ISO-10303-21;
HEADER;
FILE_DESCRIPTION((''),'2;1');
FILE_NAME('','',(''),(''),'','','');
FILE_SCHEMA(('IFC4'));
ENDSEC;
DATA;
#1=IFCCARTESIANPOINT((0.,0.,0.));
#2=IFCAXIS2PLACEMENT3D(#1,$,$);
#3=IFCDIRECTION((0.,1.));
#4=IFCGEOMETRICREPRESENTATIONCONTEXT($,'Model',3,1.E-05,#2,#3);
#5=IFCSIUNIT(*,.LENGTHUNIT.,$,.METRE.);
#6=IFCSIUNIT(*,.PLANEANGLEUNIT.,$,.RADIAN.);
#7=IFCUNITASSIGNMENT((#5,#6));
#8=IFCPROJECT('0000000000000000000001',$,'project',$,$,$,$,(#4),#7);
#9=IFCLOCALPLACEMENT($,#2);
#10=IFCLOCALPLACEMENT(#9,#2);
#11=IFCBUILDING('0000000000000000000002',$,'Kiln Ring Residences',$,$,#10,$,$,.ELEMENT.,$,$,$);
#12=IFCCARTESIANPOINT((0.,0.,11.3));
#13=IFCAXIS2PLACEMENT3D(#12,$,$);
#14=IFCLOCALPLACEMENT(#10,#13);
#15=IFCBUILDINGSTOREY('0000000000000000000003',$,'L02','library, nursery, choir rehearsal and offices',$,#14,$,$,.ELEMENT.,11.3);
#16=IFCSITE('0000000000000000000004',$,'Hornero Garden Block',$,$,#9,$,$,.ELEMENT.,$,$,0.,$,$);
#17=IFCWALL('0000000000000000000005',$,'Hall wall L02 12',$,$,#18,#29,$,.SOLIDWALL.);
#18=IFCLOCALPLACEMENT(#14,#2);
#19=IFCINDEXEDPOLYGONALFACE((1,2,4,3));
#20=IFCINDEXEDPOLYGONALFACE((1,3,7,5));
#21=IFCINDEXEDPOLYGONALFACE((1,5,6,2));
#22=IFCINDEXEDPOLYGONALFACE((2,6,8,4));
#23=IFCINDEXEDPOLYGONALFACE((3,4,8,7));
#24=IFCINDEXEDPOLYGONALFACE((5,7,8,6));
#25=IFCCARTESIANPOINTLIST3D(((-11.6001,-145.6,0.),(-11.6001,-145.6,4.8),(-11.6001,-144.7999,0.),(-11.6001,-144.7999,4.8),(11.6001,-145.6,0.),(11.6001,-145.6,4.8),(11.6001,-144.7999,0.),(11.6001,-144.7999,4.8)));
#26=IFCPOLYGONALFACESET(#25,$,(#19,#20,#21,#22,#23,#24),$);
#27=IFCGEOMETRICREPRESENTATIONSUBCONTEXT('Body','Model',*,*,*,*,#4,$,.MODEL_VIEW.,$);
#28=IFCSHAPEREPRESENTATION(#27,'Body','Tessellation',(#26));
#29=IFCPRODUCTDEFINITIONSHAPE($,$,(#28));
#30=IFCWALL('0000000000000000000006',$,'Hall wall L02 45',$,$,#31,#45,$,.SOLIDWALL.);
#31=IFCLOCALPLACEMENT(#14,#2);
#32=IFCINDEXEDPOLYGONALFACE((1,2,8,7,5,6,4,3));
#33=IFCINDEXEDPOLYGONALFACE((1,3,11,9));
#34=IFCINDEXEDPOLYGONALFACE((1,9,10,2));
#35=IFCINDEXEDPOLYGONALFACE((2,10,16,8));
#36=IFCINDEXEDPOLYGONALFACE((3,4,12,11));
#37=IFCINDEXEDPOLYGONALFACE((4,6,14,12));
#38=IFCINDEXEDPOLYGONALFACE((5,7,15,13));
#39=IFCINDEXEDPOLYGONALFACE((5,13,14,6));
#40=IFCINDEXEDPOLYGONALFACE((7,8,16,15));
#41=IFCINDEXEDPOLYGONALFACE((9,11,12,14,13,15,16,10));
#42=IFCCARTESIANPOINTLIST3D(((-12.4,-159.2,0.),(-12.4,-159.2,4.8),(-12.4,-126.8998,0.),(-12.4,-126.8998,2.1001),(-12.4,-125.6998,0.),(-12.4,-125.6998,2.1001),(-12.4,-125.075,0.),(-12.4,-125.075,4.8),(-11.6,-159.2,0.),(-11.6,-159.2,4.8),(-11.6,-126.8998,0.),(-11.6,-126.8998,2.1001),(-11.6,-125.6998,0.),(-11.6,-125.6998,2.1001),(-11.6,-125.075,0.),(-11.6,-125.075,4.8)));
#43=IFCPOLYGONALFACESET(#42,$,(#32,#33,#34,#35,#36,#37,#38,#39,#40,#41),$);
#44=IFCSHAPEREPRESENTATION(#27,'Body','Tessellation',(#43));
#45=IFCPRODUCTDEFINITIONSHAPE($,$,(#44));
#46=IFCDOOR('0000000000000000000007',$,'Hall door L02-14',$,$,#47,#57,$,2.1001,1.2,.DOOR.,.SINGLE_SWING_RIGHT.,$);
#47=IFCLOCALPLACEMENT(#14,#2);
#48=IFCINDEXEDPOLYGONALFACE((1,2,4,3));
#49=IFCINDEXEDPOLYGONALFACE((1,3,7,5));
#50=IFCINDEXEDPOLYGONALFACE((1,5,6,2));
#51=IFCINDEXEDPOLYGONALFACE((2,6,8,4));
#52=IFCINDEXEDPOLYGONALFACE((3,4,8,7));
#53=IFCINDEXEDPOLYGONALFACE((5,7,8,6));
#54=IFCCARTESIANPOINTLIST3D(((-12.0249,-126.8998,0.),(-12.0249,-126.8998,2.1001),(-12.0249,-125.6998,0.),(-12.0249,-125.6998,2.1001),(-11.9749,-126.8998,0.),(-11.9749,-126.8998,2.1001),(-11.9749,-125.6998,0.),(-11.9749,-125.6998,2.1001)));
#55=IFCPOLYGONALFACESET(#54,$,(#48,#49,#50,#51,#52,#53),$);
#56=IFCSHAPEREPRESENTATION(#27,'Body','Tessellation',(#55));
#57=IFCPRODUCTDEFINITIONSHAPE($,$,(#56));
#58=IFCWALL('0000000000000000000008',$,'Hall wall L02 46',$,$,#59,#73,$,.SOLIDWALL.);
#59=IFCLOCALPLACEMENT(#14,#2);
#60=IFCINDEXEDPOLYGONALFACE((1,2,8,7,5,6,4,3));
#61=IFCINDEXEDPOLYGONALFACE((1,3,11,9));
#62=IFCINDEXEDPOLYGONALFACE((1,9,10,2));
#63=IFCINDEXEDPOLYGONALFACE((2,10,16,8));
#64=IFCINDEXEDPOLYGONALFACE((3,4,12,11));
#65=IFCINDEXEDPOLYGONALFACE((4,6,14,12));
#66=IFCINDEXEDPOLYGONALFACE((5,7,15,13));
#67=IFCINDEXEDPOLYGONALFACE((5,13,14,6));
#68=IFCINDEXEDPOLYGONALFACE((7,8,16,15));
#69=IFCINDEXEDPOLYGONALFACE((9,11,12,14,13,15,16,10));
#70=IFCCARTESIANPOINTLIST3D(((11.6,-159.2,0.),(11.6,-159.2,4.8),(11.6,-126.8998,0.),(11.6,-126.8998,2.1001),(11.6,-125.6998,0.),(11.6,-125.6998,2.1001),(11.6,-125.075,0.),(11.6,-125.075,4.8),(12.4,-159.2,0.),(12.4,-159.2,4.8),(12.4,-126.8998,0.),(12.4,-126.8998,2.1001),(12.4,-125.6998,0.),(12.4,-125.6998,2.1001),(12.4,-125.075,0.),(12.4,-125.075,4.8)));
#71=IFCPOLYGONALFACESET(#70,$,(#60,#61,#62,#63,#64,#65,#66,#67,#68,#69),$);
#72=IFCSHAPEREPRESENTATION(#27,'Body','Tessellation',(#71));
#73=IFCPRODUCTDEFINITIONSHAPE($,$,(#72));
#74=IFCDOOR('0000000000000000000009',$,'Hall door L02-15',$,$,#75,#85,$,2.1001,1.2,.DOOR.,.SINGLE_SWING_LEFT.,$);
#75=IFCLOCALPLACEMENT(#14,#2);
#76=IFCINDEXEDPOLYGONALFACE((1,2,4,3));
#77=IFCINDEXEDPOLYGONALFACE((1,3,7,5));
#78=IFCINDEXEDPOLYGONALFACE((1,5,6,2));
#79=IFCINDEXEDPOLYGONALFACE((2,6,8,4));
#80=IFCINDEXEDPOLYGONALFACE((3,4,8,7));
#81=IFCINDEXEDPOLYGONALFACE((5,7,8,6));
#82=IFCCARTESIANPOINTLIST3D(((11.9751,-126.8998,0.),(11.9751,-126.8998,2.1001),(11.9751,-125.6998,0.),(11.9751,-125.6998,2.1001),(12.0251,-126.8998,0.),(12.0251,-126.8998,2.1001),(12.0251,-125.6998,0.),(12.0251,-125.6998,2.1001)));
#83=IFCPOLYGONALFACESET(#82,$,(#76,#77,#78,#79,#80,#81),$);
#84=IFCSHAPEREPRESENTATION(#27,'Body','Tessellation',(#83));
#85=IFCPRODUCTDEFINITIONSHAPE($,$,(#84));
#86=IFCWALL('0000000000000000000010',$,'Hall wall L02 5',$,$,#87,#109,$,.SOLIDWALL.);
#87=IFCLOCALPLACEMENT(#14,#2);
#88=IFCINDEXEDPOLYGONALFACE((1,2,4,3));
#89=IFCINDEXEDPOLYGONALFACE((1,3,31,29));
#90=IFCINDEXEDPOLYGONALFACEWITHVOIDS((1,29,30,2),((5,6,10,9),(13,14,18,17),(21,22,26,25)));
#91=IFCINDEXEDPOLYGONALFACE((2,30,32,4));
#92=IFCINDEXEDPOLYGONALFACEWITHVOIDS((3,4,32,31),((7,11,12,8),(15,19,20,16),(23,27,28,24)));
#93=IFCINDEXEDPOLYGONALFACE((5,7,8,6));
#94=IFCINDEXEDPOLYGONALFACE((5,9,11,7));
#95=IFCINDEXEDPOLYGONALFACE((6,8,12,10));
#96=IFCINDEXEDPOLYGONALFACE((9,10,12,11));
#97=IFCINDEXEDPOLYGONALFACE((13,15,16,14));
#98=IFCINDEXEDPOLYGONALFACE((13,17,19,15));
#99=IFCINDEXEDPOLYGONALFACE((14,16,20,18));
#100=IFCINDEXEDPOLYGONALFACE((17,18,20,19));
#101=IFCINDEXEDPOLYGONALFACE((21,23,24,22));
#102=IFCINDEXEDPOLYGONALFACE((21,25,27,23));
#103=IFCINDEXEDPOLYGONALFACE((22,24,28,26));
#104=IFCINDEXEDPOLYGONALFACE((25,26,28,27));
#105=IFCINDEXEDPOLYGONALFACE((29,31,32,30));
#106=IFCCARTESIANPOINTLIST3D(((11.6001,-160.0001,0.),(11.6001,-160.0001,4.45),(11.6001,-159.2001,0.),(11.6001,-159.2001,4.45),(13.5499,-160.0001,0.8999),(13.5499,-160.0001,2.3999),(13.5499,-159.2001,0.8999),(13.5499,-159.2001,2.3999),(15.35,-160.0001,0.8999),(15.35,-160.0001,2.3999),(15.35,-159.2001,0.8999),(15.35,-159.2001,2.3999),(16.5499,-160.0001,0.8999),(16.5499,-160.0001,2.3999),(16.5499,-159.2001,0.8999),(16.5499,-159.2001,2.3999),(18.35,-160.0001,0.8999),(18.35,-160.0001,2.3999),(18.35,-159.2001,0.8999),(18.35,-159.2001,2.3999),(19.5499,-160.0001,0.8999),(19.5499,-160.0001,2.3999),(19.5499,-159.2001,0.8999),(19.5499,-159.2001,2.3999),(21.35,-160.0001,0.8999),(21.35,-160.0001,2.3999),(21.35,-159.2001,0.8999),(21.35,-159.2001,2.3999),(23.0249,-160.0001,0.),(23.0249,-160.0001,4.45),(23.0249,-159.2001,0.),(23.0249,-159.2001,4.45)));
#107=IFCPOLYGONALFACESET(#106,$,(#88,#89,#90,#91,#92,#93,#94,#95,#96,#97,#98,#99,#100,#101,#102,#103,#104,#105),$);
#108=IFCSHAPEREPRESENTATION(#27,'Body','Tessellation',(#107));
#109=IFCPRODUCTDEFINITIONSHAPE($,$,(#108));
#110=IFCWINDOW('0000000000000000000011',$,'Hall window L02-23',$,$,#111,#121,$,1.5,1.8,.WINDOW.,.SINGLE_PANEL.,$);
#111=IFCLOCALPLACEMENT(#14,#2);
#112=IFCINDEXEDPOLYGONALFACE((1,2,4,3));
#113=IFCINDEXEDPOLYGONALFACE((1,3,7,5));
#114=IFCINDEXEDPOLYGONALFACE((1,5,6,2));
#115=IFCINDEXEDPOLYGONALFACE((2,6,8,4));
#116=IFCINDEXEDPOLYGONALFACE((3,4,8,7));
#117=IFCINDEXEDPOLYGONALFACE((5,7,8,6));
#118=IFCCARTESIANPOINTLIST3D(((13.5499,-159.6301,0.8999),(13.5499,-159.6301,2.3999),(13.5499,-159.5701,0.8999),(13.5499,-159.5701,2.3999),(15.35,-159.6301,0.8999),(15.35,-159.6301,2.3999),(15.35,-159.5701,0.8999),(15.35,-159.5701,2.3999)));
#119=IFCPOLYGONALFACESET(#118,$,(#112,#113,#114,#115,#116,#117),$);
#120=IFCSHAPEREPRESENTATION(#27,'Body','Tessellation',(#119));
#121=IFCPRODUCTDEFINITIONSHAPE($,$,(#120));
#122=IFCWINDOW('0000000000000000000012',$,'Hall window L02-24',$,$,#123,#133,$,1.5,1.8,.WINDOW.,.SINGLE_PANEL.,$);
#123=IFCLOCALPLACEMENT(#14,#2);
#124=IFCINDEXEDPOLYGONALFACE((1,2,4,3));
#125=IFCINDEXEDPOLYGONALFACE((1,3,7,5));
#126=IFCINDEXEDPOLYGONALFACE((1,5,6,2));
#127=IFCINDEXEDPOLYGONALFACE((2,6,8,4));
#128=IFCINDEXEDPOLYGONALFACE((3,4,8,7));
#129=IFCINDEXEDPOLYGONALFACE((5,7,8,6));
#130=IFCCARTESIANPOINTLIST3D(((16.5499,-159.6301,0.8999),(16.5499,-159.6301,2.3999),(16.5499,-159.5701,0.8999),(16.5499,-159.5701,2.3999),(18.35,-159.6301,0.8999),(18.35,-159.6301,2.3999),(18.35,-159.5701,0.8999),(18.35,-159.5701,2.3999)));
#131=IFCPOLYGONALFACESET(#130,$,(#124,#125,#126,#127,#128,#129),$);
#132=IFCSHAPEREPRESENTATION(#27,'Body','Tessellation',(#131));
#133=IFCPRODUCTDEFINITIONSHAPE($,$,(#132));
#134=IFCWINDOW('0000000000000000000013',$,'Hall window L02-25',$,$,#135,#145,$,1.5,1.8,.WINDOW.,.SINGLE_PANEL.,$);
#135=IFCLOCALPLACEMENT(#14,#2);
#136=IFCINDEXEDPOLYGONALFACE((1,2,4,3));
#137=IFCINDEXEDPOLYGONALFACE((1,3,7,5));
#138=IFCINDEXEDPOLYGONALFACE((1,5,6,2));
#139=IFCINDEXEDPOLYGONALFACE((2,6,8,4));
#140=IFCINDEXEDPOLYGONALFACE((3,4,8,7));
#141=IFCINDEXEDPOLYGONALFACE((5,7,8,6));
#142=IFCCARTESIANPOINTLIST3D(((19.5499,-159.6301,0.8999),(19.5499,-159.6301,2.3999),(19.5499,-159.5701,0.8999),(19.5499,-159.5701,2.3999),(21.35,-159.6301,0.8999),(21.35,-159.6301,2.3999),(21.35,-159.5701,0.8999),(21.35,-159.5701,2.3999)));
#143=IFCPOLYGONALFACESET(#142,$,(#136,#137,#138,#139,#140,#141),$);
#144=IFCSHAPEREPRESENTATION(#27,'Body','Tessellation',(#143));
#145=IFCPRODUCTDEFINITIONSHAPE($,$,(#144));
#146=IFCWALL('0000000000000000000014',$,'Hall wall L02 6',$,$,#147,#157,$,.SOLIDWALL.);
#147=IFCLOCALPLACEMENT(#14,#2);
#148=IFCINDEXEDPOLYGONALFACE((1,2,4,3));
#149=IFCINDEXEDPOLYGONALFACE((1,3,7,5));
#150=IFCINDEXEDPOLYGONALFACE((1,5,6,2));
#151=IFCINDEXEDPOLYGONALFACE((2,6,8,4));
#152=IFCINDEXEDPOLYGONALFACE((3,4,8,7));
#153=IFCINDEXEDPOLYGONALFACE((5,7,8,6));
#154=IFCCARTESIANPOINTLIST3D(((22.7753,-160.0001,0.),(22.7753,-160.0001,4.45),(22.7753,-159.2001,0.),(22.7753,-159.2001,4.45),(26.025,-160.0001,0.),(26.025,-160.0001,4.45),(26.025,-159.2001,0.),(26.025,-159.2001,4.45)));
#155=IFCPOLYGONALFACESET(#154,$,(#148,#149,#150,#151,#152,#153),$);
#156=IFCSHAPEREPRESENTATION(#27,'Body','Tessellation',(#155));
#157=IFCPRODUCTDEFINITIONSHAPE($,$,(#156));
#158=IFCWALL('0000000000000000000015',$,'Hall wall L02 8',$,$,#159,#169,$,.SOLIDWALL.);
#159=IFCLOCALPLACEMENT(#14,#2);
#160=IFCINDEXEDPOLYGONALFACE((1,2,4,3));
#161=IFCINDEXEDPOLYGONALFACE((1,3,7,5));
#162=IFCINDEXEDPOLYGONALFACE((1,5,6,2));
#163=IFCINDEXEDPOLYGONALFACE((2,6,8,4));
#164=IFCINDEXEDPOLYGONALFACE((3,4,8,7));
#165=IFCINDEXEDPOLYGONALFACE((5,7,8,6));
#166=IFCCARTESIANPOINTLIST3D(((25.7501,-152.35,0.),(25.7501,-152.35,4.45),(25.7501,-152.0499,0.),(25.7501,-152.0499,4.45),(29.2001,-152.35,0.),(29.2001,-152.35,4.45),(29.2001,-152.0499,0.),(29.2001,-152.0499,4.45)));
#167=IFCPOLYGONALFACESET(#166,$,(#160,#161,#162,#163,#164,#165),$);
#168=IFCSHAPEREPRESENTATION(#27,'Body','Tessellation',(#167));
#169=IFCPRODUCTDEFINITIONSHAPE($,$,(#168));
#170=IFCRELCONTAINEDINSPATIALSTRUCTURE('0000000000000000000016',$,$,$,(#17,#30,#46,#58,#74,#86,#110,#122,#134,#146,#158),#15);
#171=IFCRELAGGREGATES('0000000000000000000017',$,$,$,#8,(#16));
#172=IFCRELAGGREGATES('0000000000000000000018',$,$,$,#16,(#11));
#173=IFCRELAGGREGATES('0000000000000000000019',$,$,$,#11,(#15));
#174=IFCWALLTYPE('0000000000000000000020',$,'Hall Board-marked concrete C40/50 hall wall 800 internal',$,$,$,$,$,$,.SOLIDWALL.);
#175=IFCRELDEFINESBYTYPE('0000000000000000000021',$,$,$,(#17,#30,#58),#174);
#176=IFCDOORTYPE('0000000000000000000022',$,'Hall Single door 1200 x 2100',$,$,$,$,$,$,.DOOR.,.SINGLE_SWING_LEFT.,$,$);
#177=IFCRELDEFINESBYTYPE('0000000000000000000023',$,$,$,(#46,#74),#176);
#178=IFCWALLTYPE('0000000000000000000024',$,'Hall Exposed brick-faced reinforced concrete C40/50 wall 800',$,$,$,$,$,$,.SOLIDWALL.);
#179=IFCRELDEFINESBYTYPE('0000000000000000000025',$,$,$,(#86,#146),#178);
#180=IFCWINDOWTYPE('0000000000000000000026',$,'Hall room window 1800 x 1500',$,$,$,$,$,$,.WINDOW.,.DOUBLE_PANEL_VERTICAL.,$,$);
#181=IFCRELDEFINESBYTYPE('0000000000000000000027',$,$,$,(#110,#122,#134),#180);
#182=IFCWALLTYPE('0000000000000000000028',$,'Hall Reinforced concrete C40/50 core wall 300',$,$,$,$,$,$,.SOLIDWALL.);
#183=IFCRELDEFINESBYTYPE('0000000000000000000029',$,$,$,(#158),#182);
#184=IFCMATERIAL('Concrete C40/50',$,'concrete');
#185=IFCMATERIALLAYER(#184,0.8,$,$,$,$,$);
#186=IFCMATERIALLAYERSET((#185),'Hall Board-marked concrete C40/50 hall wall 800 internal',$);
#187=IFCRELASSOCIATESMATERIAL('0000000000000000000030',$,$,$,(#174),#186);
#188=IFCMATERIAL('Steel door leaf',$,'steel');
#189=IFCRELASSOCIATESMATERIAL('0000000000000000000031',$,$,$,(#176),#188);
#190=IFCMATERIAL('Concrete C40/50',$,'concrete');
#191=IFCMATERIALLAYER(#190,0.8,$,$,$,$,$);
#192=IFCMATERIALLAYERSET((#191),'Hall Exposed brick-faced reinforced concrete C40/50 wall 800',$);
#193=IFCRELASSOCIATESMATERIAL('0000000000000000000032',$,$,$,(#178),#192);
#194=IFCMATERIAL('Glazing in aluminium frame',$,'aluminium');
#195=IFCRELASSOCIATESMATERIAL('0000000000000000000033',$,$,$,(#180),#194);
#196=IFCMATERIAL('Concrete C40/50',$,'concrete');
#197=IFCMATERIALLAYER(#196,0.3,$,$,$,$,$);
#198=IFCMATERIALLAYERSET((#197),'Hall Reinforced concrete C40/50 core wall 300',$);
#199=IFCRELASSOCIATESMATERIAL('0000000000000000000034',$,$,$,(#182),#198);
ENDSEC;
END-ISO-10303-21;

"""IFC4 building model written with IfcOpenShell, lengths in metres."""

from ifc_helpers import new_model, si_unit, direction, frame, frame_2d, origin, place, context, subcontext, project, spatial, rectangle, extrude, material, layer, layer_set, type_object, element, fill, save


model = new_model("IFC4")

# Units and contexts
model_context = context("Model", 3, precision=1e-05, world=origin(), true_north=direction((0.0, 1.0)))
body_context = subcontext(model_context, "Body", "Model", "MODEL_VIEW")
ifc_project = project(units=[si_unit("LENGTHUNIT", "METRE"), si_unit("PLANEANGLEUNIT", "RADIAN")], contexts=[model_context])

# Site, building, storey
site_placement = place(None, origin())
site = spatial("IfcSite", under=ifc_project, at=site_placement, Name="Hornero Garden Block", CompositionType="ELEMENT", RefElevation=0.0)
building_placement = place(site_placement, origin())
building = spatial("IfcBuilding", under=site, at=building_placement, Name="Kiln Ring Residences", CompositionType="ELEMENT")
storey_placement = place(building_placement, frame((0.0, 0.0, 11.3)))
storey = spatial("IfcBuildingStorey", under=building, at=storey_placement, Name="L02", Description="library, nursery, choir rehearsal and offices", CompositionType="ELEMENT", Elevation=11.3)

# Wall
ifc_material_1 = material(Name="Concrete C40/50", Category="concrete")
ifc_layer_1 = layer(ifc_material_1, 0.8)
ifc_layer_set_1 = layer_set([ifc_layer_1], Name="Hall Board-marked concrete C40/50 hall wall 800 internal")
wall_type_1 = type_object("IfcWallType", Name="Hall Board-marked concrete C40/50 hall wall 800 internal", PredefinedType="SOLIDWALL", material=ifc_layer_set_1)
wall_1_placement = place(storey_placement, frame((-11.6001, -145.2, 0.0), z_axis=(0.0, 0.0, 1.0), x_axis=(1.0, 0.0, 0.0)))
element("IfcWall", 1, at=wall_1_placement, inside=storey, type_object=wall_type_1, Name="Hall wall L02 12", PredefinedType="SOLIDWALL", context=body_context, shape_type="SweptSolid", body=[
    extrude(rectangle(XDim=23.2002, YDim=0.8, at=frame_2d((11.6001, 0.0))), origin(), (0.0, 0.0, 1.0), 4.8),
])

# Walls, openings, doors
wall_2_placement = place(storey_placement, frame((-12.0, -159.2, 0.0), z_axis=(0.0, 0.0, 1.0), x_axis=(0.0, 1.0, 0.0)))
wall_2 = element("IfcWall", 2, at=wall_2_placement, inside=storey, type_object=wall_type_1, Name="Hall wall L02 45", PredefinedType="SOLIDWALL", context=body_context, shape_type="SweptSolid", body=[
    extrude(rectangle(XDim=34.125, YDim=0.8, at=frame_2d((17.0625, 0.0))), origin(), (0.0, 0.0, 1.0), 4.8),
])
opening_1_placement = place(wall_2_placement, frame((32.3, 0.0, 0.0)))
opening_1 = element("IfcOpeningElement", 3, at=opening_1_placement, cuts=wall_2, PredefinedType="OPENING", context=body_context, shape_type="SweptSolid", body=[
    extrude(rectangle(XDim=1.2, YDim=2.1001, at=frame_2d((0.6001, 1.05))), frame((0.0, 0.4099, 0.0), z_axis=(0.0, -1.0, 0.0), x_axis=(1.0, 0.0, 0.0)), (0.0, 0.0, 1.0), 0.8201),
])
ifc_material_2 = material(Name="Steel door leaf", Category="steel")
door_type_1 = type_object("IfcDoorType", Name="Hall Single door 1200 x 2100", OperationType="SINGLE_SWING_LEFT", PredefinedType="DOOR", material=ifc_material_2)
door_1_placement = place(opening_1_placement, origin())
door_1 = element("IfcDoor", 4, at=door_1_placement, inside=storey, type_object=door_type_1, Name="Hall door L02-14", OperationType="SINGLE_SWING_RIGHT", OverallHeight=2.1001, OverallWidth=1.2, PredefinedType="DOOR", context=body_context, shape_type="SweptSolid", body=[
    extrude(rectangle(XDim=1.2, YDim=2.1001, at=frame_2d((0.6001, 1.05))), frame((0.0, 0.0249, 0.0), z_axis=(0.0, -1.0, 0.0), x_axis=(1.0, 0.0, 0.0)), (0.0, 0.0, 1.0), 0.05),
])
fill(opening_1, door_1)
wall_3_placement = place(storey_placement, frame((12.0, -159.2, 0.0), z_axis=(0.0, 0.0, 1.0), x_axis=(0.0, 1.0, 0.0)))
wall_3 = element("IfcWall", 5, at=wall_3_placement, inside=storey, type_object=wall_type_1, Name="Hall wall L02 46", PredefinedType="SOLIDWALL", context=body_context, shape_type="SweptSolid", body=[
    extrude(rectangle(XDim=34.125, YDim=0.8, at=frame_2d((17.0625, 0.0))), origin(), (0.0, 0.0, 1.0), 4.8),
])
opening_2_placement = place(wall_3_placement, frame((32.3, 0.0, 0.0)))
opening_2 = element("IfcOpeningElement", 6, at=opening_2_placement, cuts=wall_3, PredefinedType="OPENING", context=body_context, shape_type="SweptSolid", body=[
    extrude(rectangle(XDim=1.2, YDim=2.1001, at=frame_2d((0.6001, 1.05))), frame((0.0, 0.4099, 0.0), z_axis=(0.0, -1.0, 0.0), x_axis=(1.0, 0.0, 0.0)), (0.0, 0.0, 1.0), 0.8201),
])
door_2_placement = place(opening_2_placement, origin())
door_2 = element("IfcDoor", 7, at=door_2_placement, inside=storey, type_object=door_type_1, Name="Hall door L02-15", OperationType="SINGLE_SWING_LEFT", OverallHeight=2.1001, OverallWidth=1.2, PredefinedType="DOOR", context=body_context, shape_type="SweptSolid", body=[
    extrude(rectangle(XDim=1.2, YDim=2.1001, at=frame_2d((0.6001, 1.05))), frame((0.0, 0.0249, 0.0), z_axis=(0.0, -1.0, 0.0), x_axis=(1.0, 0.0, 0.0)), (0.0, 0.0, 1.0), 0.05),
])
fill(opening_2, door_2)

# Wall, openings, windows
ifc_material_3 = material(Name="Concrete C40/50", Category="concrete")
ifc_layer_2 = layer(ifc_material_3, 0.8)
ifc_layer_set_2 = layer_set([ifc_layer_2], Name="Hall Exposed brick-faced reinforced concrete C40/50 wall 800")
wall_type_2 = type_object("IfcWallType", Name="Hall Exposed brick-faced reinforced concrete C40/50 wall 800", PredefinedType="SOLIDWALL", material=ifc_layer_set_2)
wall_4_placement = place(storey_placement, frame((11.6001, -159.6001, 0.0), z_axis=(0.0, 0.0, 1.0), x_axis=(1.0, 0.0, 0.0)))
wall_4 = element("IfcWall", 8, at=wall_4_placement, inside=storey, type_object=wall_type_2, Name="Hall wall L02 5", PredefinedType="SOLIDWALL", context=body_context, shape_type="SweptSolid", body=[
    extrude(rectangle(XDim=11.4248, YDim=0.8, at=frame_2d((5.7124, 0.0))), origin(), (0.0, 0.0, 1.0), 4.45),
])
opening_3_placement = place(wall_4_placement, frame((1.95, 0.0, 0.8999)))
opening_3 = element("IfcOpeningElement", 9, at=opening_3_placement, cuts=wall_4, PredefinedType="OPENING", context=body_context, shape_type="SweptSolid", body=[
    extrude(rectangle(XDim=1.8, YDim=1.5, at=frame_2d((0.8999, 0.75))), frame((0.0, 0.4099, 0.0), z_axis=(0.0, -1.0, 0.0), x_axis=(1.0, 0.0, 0.0)), (0.0, 0.0, 1.0), 0.8201),
])
opening_4_placement = place(wall_4_placement, frame((4.95, 0.0, 0.8999)))
opening_4 = element("IfcOpeningElement", 10, at=opening_4_placement, cuts=wall_4, PredefinedType="OPENING", context=body_context, shape_type="SweptSolid", body=[
    extrude(rectangle(XDim=1.8, YDim=1.5, at=frame_2d((0.8999, 0.75))), frame((0.0, 0.4099, 0.0), z_axis=(0.0, -1.0, 0.0), x_axis=(1.0, 0.0, 0.0)), (0.0, 0.0, 1.0), 0.8201),
])
opening_5_placement = place(wall_4_placement, frame((7.95, 0.0, 0.8999)))
opening_5 = element("IfcOpeningElement", 11, at=opening_5_placement, cuts=wall_4, PredefinedType="OPENING", context=body_context, shape_type="SweptSolid", body=[
    extrude(rectangle(XDim=1.8, YDim=1.5, at=frame_2d((0.8999, 0.75))), frame((0.0, 0.4099, 0.0), z_axis=(0.0, -1.0, 0.0), x_axis=(1.0, 0.0, 0.0)), (0.0, 0.0, 1.0), 0.8201),
])
ifc_material_4 = material(Name="Glazing in aluminium frame", Category="aluminium")
window_type = type_object("IfcWindowType", Name="Hall room window 1800 x 1500", PartitioningType="DOUBLE_PANEL_VERTICAL", PredefinedType="WINDOW", material=ifc_material_4)
window_1_placement = place(opening_3_placement, origin())
window_1 = element("IfcWindow", 12, at=window_1_placement, inside=storey, type_object=window_type, Name="Hall window L02-23", OverallHeight=1.5, OverallWidth=1.8, PartitioningType="SINGLE_PANEL", PredefinedType="WINDOW", context=body_context, shape_type="SweptSolid", body=[
    extrude(rectangle(XDim=1.8, YDim=1.5, at=frame_2d((0.8999, 0.75))), frame((0.0, 0.03, 0.0), z_axis=(0.0, -1.0, 0.0), x_axis=(1.0, 0.0, 0.0)), (0.0, 0.0, 1.0), 0.0601),
])
fill(opening_3, window_1)
window_2_placement = place(opening_4_placement, origin())
window_2 = element("IfcWindow", 13, at=window_2_placement, inside=storey, type_object=window_type, Name="Hall window L02-24", OverallHeight=1.5, OverallWidth=1.8, PartitioningType="SINGLE_PANEL", PredefinedType="WINDOW", context=body_context, shape_type="SweptSolid", body=[
    extrude(rectangle(XDim=1.8, YDim=1.5, at=frame_2d((0.8999, 0.75))), frame((0.0, 0.03, 0.0), z_axis=(0.0, -1.0, 0.0), x_axis=(1.0, 0.0, 0.0)), (0.0, 0.0, 1.0), 0.0601),
])
fill(opening_4, window_2)
window_3_placement = place(opening_5_placement, origin())
window_3 = element("IfcWindow", 14, at=window_3_placement, inside=storey, type_object=window_type, Name="Hall window L02-25", OverallHeight=1.5, OverallWidth=1.8, PartitioningType="SINGLE_PANEL", PredefinedType="WINDOW", context=body_context, shape_type="SweptSolid", body=[
    extrude(rectangle(XDim=1.8, YDim=1.5, at=frame_2d((0.8999, 0.75))), frame((0.0, 0.03, 0.0), z_axis=(0.0, -1.0, 0.0), x_axis=(1.0, 0.0, 0.0)), (0.0, 0.0, 1.0), 0.0601),
])
fill(opening_5, window_3)

# Walls
wall_5_placement = place(storey_placement, frame((22.7751, -159.6001, 0.0), z_axis=(0.0, 0.0, 1.0), x_axis=(1.0, 0.0, 0.0)))
element("IfcWall", 15, at=wall_5_placement, inside=storey, type_object=wall_type_2, Name="Hall wall L02 6", PredefinedType="SOLIDWALL", context=body_context, shape_type="SweptSolid", body=[
    extrude(rectangle(XDim=3.2498, YDim=0.8, at=frame_2d((1.625, 0.0))), origin(), (0.0, 0.0, 1.0), 4.45),
])
ifc_material_5 = material(Name="Concrete C40/50", Category="concrete")
ifc_layer_3 = layer(ifc_material_5, 0.3)
ifc_layer_set_3 = layer_set([ifc_layer_3], Name="Hall Reinforced concrete C40/50 core wall 300")
wall_type_3 = type_object("IfcWallType", Name="Hall Reinforced concrete C40/50 core wall 300", PredefinedType="SOLIDWALL", material=ifc_layer_set_3)
wall_6_placement = place(storey_placement, frame((25.75, -152.2, 0.0), z_axis=(0.0, 0.0, 1.0), x_axis=(1.0, 0.0, 0.0)))
element("IfcWall", 16, at=wall_6_placement, inside=storey, type_object=wall_type_3, Name="Hall wall L02 8", PredefinedType="SOLIDWALL", context=body_context, shape_type="SweptSolid", body=[
    extrude(rectangle(XDim=3.45, YDim=0.3, at=frame_2d((1.7251, 0.0))), origin(), (0.0, 0.0, 1.0), 4.45),
])

save(model, "model.ifc")
